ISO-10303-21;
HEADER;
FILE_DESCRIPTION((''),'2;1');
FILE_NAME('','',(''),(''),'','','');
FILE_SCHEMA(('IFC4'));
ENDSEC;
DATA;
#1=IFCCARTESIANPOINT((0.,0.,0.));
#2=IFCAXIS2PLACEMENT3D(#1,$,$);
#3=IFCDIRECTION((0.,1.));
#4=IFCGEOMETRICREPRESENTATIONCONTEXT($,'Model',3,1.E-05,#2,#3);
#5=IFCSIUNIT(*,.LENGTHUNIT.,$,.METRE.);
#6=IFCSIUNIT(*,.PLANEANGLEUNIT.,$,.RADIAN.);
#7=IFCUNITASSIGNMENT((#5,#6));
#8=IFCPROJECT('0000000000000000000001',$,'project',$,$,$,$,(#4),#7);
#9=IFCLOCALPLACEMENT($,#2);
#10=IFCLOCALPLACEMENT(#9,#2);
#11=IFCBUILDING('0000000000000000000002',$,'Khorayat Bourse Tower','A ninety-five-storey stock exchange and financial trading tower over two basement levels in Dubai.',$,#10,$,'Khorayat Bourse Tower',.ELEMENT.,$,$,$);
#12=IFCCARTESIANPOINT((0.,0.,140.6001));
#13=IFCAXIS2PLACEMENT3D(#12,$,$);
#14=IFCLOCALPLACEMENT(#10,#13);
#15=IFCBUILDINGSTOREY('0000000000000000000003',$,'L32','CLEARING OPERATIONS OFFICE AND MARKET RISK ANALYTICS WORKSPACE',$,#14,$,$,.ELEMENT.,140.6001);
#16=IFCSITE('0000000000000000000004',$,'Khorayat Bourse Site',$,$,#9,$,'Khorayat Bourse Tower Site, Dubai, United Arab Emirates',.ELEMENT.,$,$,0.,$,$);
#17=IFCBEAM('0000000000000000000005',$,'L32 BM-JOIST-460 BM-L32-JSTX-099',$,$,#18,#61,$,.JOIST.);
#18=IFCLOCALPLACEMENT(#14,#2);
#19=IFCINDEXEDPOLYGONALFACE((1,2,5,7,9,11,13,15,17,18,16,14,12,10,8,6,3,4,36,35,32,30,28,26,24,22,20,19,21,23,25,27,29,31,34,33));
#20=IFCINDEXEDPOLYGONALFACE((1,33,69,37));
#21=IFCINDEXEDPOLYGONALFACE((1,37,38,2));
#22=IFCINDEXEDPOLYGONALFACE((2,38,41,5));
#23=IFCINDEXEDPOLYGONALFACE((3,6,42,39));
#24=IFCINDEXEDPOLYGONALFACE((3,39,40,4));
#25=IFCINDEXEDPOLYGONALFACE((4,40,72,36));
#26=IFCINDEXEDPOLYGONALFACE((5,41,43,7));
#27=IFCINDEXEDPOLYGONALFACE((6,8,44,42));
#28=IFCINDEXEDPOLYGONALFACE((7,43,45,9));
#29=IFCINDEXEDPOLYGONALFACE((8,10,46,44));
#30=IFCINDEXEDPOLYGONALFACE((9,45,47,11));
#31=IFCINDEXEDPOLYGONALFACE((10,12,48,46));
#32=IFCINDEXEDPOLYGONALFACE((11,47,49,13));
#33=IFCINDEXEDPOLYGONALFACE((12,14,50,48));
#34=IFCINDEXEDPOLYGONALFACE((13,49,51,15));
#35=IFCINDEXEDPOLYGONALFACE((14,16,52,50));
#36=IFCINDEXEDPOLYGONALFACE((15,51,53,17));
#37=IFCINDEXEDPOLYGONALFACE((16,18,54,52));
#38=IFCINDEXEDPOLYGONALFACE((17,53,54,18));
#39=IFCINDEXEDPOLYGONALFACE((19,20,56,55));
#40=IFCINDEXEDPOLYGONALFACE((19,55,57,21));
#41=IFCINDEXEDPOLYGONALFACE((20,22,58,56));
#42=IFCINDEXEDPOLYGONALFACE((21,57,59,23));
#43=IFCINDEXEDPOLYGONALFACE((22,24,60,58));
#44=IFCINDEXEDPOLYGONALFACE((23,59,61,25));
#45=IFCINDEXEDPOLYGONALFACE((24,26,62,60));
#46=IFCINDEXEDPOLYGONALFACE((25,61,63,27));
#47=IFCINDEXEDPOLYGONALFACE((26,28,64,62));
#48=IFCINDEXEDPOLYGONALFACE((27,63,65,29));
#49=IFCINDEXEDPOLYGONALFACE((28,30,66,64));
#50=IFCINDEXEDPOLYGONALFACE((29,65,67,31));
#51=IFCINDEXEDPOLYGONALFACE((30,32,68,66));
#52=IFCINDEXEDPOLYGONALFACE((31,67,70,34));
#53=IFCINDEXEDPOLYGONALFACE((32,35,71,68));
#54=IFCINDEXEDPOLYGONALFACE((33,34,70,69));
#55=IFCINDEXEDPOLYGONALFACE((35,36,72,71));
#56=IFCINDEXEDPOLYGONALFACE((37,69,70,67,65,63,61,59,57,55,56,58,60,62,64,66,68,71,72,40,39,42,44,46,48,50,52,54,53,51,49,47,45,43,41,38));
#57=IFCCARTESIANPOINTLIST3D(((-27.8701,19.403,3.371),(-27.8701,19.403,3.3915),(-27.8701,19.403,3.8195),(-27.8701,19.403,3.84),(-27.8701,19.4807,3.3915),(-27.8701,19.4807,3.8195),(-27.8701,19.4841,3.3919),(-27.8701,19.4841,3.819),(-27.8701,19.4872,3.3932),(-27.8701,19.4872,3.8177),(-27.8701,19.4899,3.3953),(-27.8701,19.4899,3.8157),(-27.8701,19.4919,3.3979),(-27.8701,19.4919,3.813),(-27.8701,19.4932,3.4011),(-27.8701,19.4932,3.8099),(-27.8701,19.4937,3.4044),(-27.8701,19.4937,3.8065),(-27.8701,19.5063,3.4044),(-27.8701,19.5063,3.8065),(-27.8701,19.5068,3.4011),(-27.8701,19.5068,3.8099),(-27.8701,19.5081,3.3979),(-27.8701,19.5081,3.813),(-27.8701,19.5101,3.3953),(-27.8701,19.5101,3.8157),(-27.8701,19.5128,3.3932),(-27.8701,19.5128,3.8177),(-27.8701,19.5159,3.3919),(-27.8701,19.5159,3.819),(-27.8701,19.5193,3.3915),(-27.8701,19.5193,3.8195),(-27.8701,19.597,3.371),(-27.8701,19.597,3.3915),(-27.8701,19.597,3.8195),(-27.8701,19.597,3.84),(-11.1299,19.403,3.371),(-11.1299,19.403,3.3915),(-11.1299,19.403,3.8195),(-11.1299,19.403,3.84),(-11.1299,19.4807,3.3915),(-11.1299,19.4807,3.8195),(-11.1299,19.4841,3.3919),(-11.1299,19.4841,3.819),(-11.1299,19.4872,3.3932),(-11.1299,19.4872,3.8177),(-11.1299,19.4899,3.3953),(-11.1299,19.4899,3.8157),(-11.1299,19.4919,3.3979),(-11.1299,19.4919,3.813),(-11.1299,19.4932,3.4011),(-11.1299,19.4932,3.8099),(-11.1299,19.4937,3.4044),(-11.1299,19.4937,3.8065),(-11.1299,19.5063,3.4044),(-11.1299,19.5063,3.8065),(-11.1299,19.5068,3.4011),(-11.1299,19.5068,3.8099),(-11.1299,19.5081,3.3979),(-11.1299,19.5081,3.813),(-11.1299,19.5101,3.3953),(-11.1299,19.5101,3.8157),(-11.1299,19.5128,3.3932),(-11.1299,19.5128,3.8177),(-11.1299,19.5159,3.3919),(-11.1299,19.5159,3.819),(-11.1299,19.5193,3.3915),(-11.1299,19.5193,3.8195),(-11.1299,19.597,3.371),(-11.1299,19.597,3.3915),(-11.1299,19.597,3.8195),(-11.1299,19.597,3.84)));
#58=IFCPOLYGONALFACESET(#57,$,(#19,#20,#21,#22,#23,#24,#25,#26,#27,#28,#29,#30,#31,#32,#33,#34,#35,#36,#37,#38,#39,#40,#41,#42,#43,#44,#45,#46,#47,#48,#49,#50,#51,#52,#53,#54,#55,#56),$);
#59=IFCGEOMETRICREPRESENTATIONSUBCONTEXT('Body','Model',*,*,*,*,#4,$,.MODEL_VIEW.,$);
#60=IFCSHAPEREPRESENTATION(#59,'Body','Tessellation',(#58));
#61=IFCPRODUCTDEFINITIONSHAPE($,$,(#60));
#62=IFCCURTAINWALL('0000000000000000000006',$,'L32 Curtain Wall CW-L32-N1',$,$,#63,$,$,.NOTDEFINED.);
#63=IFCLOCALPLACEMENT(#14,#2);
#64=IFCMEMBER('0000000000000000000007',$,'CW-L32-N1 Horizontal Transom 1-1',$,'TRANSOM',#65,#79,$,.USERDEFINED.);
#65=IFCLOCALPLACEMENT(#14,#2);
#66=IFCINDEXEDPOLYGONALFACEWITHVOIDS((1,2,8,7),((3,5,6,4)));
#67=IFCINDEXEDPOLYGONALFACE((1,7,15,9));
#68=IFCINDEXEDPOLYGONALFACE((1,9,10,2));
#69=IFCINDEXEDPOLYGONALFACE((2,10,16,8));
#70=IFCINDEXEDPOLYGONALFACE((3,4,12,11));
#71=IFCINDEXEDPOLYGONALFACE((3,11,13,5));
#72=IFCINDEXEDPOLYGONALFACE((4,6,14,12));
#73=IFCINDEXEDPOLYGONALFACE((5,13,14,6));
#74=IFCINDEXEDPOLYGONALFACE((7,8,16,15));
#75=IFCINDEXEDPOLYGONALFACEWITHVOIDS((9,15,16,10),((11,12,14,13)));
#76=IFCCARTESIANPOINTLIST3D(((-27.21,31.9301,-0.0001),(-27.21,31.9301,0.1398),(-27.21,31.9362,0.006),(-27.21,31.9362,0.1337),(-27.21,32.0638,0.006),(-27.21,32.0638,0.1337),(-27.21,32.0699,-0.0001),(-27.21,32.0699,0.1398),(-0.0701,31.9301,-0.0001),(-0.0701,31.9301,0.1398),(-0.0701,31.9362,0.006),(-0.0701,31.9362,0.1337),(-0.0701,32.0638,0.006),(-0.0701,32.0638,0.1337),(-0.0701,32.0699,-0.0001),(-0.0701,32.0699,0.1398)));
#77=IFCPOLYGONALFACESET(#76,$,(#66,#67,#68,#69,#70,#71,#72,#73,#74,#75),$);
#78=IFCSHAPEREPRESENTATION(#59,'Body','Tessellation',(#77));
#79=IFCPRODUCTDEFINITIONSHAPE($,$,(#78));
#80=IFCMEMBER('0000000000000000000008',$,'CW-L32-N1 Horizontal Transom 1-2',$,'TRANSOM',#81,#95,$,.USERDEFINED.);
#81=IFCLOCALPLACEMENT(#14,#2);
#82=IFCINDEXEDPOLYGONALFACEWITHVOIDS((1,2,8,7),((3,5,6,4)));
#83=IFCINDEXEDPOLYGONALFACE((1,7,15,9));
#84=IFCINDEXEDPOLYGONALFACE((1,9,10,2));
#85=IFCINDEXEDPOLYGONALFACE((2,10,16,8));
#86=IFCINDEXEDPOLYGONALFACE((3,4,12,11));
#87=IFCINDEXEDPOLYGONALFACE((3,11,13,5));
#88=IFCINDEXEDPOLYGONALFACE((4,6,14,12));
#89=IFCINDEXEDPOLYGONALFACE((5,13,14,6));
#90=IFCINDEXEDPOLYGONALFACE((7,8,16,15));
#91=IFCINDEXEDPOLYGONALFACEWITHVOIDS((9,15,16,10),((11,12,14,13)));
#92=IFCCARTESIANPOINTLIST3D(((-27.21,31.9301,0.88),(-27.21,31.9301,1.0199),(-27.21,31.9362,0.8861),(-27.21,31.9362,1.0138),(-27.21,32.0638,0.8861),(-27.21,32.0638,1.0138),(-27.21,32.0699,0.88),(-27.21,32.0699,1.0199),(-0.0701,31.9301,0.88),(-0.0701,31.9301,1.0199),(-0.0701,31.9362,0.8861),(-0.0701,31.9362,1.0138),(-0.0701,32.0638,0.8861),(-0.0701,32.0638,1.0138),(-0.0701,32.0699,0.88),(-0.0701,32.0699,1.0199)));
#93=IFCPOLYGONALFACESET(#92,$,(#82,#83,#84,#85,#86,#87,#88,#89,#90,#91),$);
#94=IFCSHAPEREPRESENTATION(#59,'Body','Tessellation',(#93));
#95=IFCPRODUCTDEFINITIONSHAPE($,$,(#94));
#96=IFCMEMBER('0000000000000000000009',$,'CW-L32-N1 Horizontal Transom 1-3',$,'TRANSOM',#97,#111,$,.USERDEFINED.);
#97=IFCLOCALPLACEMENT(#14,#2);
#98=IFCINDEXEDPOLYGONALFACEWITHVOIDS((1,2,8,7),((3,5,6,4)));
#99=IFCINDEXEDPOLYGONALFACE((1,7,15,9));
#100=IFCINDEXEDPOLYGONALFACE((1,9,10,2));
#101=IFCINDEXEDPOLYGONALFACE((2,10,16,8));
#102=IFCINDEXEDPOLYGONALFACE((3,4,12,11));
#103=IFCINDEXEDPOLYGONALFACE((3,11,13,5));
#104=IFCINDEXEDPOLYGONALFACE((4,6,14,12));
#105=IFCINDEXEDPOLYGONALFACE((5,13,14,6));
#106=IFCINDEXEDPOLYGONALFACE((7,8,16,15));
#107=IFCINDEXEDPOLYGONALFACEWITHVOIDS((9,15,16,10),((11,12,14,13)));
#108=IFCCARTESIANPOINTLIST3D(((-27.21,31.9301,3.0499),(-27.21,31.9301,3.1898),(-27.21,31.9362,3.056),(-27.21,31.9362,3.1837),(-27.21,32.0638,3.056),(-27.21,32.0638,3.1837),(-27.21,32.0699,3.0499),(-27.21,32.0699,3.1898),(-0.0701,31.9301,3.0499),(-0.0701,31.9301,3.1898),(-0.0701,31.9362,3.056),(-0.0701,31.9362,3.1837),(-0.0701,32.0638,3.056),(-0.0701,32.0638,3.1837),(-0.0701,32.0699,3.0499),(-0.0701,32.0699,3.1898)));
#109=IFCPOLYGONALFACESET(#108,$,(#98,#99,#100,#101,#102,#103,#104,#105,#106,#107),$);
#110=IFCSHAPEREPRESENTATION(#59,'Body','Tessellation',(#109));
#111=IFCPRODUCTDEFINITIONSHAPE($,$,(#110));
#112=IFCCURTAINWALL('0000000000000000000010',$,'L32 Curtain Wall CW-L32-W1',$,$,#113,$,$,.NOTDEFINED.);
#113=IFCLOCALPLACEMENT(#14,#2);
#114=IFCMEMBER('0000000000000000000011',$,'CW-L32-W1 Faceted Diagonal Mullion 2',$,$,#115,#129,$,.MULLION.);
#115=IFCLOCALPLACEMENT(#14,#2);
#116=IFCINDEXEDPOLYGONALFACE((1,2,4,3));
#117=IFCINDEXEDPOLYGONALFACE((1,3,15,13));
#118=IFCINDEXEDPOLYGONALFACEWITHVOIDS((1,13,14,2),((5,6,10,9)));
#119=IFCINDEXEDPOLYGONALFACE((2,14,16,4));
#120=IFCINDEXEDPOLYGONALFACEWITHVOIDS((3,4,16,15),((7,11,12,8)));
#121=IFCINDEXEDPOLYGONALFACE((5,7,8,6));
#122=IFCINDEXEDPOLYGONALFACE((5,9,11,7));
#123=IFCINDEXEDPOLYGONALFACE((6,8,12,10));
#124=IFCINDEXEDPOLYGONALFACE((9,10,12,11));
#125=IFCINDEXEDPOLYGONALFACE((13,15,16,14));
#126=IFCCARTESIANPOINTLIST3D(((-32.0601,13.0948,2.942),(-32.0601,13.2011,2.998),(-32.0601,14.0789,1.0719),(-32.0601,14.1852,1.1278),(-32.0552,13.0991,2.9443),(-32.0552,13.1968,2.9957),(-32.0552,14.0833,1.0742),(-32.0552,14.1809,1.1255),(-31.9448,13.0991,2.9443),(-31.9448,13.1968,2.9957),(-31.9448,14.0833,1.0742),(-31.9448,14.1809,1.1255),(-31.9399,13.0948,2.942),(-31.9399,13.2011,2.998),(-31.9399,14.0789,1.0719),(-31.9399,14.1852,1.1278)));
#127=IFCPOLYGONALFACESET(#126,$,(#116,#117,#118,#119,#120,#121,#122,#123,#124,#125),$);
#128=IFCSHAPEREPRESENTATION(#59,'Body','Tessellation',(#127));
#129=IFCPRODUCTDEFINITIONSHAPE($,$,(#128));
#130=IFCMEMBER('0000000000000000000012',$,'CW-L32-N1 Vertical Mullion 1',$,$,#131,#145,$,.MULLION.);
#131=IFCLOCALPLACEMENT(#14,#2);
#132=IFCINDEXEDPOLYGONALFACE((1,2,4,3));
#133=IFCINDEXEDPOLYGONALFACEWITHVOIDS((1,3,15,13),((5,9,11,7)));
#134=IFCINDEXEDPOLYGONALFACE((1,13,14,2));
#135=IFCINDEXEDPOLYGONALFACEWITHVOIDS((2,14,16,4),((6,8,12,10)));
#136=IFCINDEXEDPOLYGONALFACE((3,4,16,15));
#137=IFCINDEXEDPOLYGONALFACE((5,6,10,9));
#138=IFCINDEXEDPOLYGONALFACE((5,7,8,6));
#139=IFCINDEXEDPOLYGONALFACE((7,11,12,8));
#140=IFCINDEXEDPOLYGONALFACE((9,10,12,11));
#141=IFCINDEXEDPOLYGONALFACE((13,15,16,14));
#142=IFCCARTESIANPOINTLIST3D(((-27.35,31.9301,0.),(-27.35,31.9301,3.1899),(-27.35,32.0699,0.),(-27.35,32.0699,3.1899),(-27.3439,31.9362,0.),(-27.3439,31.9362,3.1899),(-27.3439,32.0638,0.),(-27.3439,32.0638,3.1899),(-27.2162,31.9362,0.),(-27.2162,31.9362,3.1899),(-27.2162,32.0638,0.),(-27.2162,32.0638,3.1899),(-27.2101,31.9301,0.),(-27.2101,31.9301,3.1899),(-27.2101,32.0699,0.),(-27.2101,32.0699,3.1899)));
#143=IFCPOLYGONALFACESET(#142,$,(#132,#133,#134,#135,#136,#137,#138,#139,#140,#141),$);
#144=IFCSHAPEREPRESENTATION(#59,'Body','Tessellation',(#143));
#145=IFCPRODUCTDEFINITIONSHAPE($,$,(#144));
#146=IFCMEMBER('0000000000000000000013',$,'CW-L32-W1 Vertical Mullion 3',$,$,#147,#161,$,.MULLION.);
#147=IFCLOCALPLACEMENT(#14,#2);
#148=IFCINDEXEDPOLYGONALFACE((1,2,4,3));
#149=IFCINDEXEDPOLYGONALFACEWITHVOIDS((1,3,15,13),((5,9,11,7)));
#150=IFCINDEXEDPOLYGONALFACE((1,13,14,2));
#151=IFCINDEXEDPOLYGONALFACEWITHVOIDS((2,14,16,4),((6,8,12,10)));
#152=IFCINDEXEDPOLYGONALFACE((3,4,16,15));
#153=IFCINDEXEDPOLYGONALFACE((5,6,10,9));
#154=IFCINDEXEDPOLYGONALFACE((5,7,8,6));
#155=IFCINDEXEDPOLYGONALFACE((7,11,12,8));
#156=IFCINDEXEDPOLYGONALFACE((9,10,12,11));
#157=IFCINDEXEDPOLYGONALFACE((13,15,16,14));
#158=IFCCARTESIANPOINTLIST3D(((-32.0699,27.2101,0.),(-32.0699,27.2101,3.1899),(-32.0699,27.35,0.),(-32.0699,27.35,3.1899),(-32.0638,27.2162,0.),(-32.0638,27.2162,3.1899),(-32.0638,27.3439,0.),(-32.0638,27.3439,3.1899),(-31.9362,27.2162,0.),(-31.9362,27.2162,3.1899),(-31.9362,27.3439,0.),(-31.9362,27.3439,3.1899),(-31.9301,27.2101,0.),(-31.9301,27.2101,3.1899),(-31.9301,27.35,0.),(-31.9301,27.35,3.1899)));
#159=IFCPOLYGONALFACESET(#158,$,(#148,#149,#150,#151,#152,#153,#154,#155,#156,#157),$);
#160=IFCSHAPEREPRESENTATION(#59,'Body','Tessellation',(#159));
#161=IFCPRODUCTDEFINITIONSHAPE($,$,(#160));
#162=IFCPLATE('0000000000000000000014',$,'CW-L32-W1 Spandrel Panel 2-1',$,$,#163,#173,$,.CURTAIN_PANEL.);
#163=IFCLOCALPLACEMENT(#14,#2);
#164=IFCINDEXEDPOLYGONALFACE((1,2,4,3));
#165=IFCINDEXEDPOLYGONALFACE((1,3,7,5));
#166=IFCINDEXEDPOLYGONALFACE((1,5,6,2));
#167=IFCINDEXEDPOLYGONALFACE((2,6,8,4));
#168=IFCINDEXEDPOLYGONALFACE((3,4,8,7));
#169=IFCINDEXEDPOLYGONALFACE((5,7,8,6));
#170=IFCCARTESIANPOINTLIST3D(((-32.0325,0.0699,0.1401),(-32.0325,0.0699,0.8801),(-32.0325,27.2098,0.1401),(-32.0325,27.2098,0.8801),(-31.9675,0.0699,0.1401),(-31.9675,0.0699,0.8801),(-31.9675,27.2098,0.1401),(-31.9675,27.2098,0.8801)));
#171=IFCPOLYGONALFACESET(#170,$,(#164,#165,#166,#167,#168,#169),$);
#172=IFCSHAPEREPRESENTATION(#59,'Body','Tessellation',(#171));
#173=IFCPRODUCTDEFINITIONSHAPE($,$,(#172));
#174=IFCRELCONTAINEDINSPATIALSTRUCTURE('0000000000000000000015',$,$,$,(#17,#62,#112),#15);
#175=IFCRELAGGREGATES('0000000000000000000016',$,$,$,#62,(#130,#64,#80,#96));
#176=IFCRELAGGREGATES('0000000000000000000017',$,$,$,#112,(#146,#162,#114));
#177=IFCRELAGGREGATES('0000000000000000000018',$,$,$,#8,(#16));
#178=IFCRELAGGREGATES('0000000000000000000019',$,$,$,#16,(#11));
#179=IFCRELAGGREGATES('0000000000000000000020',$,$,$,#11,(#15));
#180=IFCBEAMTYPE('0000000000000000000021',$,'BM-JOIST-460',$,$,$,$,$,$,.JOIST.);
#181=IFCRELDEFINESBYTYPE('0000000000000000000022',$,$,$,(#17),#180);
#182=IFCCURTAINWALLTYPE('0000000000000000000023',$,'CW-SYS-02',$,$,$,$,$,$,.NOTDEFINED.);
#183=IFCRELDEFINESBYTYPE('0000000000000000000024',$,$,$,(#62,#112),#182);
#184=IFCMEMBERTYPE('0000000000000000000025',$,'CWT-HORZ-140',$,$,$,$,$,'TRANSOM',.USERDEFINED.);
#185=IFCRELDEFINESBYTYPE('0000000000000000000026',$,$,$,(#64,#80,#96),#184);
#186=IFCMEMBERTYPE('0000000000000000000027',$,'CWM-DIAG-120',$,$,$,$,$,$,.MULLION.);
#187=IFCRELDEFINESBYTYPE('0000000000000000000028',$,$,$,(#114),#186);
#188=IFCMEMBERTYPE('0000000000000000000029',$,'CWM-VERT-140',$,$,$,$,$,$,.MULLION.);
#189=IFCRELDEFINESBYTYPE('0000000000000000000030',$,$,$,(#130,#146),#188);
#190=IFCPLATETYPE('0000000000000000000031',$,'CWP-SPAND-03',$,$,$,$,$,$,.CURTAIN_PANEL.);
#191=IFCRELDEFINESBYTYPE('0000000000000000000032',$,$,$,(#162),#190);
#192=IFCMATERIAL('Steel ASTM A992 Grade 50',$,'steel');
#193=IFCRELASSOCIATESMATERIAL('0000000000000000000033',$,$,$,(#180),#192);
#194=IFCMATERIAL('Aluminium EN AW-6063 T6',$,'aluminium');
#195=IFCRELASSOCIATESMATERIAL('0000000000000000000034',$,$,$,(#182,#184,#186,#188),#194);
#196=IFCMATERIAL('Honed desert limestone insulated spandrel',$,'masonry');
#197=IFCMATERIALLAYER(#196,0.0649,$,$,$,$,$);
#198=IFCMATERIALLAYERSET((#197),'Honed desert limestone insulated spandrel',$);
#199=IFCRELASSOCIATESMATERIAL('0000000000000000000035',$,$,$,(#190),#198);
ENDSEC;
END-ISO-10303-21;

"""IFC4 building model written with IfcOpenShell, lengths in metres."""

from ifc_helpers import new_model, si_unit, direction, frame, origin, origin_2d, place, context, subcontext, project, spatial, rectangle, hollow_rectangle, i_section, extrude, source, transform, mapped, material, layer, layer_set, material_profile, profile_set, type_object, element, aggregate, save


model = new_model("IFC4")

# Units and contexts
model_context = context("Model", 3, precision=1e-05, world=origin(), true_north=direction((0.0, 1.0)))
body_context = subcontext(model_context, "Body", "Model", "MODEL_VIEW")
ifc_project = project(units=[si_unit("LENGTHUNIT", "METRE"), si_unit("PLANEANGLEUNIT", "RADIAN")], contexts=[model_context])

# Site, building, storey
site_placement = place(None, origin())
site = spatial("IfcSite", under=ifc_project, at=site_placement, Name="Khorayat Bourse Site", LongName="Khorayat Bourse Tower Site, Dubai, United Arab Emirates", CompositionType="ELEMENT", RefElevation=0.0)
building_placement = place(site_placement, origin())
building = spatial("IfcBuilding", under=site, at=building_placement, Name="Khorayat Bourse Tower", Description="A ninety-five-storey stock exchange and financial trading tower over two basement levels in Dubai.", LongName="Khorayat Bourse Tower", CompositionType="ELEMENT")
storey_placement = place(building_placement, frame((0.0, 0.0, 140.6001)))
storey = spatial("IfcBuildingStorey", under=building, at=storey_placement, Name="L32", Description="CLEARING OPERATIONS OFFICE AND MARKET RISK ANALYTICS WORKSPACE", CompositionType="ELEMENT", Elevation=140.6001)

# Beam
ifc_material_1 = material(Name="Steel ASTM A992 Grade 50", Category="steel")
ifc_material_profile_1 = material_profile(ifc_material_1, i_section(OverallWidth=0.1941, OverallDepth=0.469, WebThickness=0.0127, FlangeThickness=0.0205, FilletRadius=0.0129, at=origin_2d()), Name="W460X106")
ifc_profile_set_1 = profile_set([ifc_material_profile_1], Name="Steel ASTM A992 Grade 50")
beam_type_1 = type_object("IfcBeamType", Name="BM-JOIST-460", PredefinedType="JOIST", material=ifc_profile_set_1)
shared_shape_1 = source(origin(), body_context, "Body", "SweptSolid", [
    extrude(i_section(OverallWidth=0.1941, OverallDepth=0.469, WebThickness=0.0127, FlangeThickness=0.0205, FilletRadius=0.0129, at=origin_2d()), origin(), (0.0, 0.0, 1.0), 16.7402),
])
beam_1_placement = place(storey_placement, frame((-27.8701, 19.5, 3.6055), z_axis=(1.0, 0.0, 0.0), x_axis=(0.0, 1.0, 0.0)))
element("IfcBeam", 1, at=beam_1_placement, inside=storey, type_object=beam_type_1, Name="L32 BM-JOIST-460 BM-L32-JSTX-099", PredefinedType="JOIST", context=body_context, shape_type="MappedRepresentation", body=[
    mapped(shared_shape_1, transform((0.0, 0.0, 0.0), scale=1.0)),
])

# Curtain wall, members
ifc_material_2 = material(Name="Aluminium EN AW-6063 T6", Category="aluminium")
curtain_wall_type = type_object("IfcCurtainWallType", Name="CW-SYS-02", PredefinedType="NOTDEFINED", material=ifc_material_2)
curtain_wall_1_placement = place(storey_placement, origin())
curtain_wall_1 = element("IfcCurtainWall", 2, at=curtain_wall_1_placement, inside=storey, type_object=curtain_wall_type, Name="L32 Curtain Wall CW-L32-N1", PredefinedType="NOTDEFINED")
ifc_material_profile_2 = material_profile(ifc_material_2, hollow_rectangle(XDim=0.1399, YDim=0.1399, WallThickness=0.0061, at=origin_2d()), Name="ALU 140x140x6")
ifc_profile_set_2 = profile_set([ifc_material_profile_2], Name="Aluminium EN AW-6063 T6")
member_type_1 = type_object("IfcMemberType", Name="CWT-HORZ-140", ElementType="TRANSOM", PredefinedType="USERDEFINED", material=ifc_profile_set_2)
shared_shape_2 = source(origin(), body_context, "Body", "SweptSolid", [
    extrude(hollow_rectangle(XDim=0.1399, YDim=0.1399, WallThickness=0.0061, at=origin_2d()), origin(), (0.0, 0.0, 1.0), 27.1399),
])
member_1_placement = place(storey_placement, frame((-27.21, 32.0, 0.0698), z_axis=(1.0, 0.0, 0.0), x_axis=(0.0, 1.0, 0.0)))
member_1 = element("IfcMember", 3, at=member_1_placement, type_object=member_type_1, Name="CW-L32-N1 Horizontal Transom 1-1", ObjectType="TRANSOM", PredefinedType="USERDEFINED", context=body_context, shape_type="MappedRepresentation", body=[
    mapped(shared_shape_2, transform((0.0, 0.0, 0.0), scale=1.0)),
])
member_2_placement = place(storey_placement, frame((-27.21, 32.0, 0.95), z_axis=(1.0, 0.0, 0.0), x_axis=(0.0, 1.0, 0.0)))
member_2 = element("IfcMember", 4, at=member_2_placement, type_object=member_type_1, Name="CW-L32-N1 Horizontal Transom 1-2", ObjectType="TRANSOM", PredefinedType="USERDEFINED", context=body_context, shape_type="MappedRepresentation", body=[
    mapped(shared_shape_2, transform((0.0, 0.0, 0.0), scale=1.0)),
])
member_3_placement = place(storey_placement, frame((-27.21, 32.0, 3.1199), z_axis=(1.0, 0.0, 0.0), x_axis=(0.0, 1.0, 0.0)))
member_3 = element("IfcMember", 5, at=member_3_placement, type_object=member_type_1, Name="CW-L32-N1 Horizontal Transom 1-3", ObjectType="TRANSOM", PredefinedType="USERDEFINED", context=body_context, shape_type="MappedRepresentation", body=[
    mapped(shared_shape_2, transform((0.0, 0.0, 0.0), scale=1.0)),
])

# Curtain wall, member
curtain_wall_2_placement = place(storey_placement, origin())
curtain_wall_2 = element("IfcCurtainWall", 6, at=curtain_wall_2_placement, inside=storey, type_object=curtain_wall_type, Name="L32 Curtain Wall CW-L32-W1", PredefinedType="NOTDEFINED")
ifc_material_profile_3 = material_profile(ifc_material_2, hollow_rectangle(XDim=0.1201, YDim=0.1201, WallThickness=0.0049, at=origin_2d()), Name="ALU 120x120x5")
ifc_profile_set_3 = profile_set([ifc_material_profile_3], Name="Aluminium EN AW-6063 T6")
member_type_2 = type_object("IfcMemberType", Name="CWM-DIAG-120", PredefinedType="MULLION", material=ifc_profile_set_3)
shared_shape_3 = source(origin(), body_context, "Body", "SweptSolid", [
    extrude(hollow_rectangle(XDim=0.1201, YDim=0.1201, WallThickness=0.0049, at=origin_2d()), origin(), (0.0, 0.0, 1.0), 2.1133),
])
member_4_placement = place(storey_placement, frame((-32.0, 14.1321, 1.0999), z_axis=(0.0, -0.465694, 0.884946), x_axis=(1.0, 0.0, 0.0)))
member_4 = element("IfcMember", 7, at=member_4_placement, type_object=member_type_2, Name="CW-L32-W1 Faceted Diagonal Mullion 2", PredefinedType="MULLION", context=body_context, shape_type="MappedRepresentation", body=[
    mapped(shared_shape_3, transform((0.0, 0.0, 0.0), scale=1.0)),
])

# Members
ifc_material_profile_4 = material_profile(ifc_material_2, hollow_rectangle(XDim=0.1399, YDim=0.1399, WallThickness=0.0061, at=origin_2d()), Name="ALU 140x140x6")
ifc_profile_set_4 = profile_set([ifc_material_profile_4], Name="Aluminium EN AW-6063 T6")
member_type_3 = type_object("IfcMemberType", Name="CWM-VERT-140", PredefinedType="MULLION", material=ifc_profile_set_4)
shared_shape_4 = source(origin(), body_context, "Body", "SweptSolid", [
    extrude(hollow_rectangle(XDim=0.1399, YDim=0.1399, WallThickness=0.0061, at=origin_2d()), origin(), (0.0, 0.0, 1.0), 3.1899),
])
member_5_placement = place(storey_placement, frame((-27.28, 32.0, 0.0), z_axis=(0.0, 0.0, 1.0), x_axis=(0.0, 1.0, 0.0)))
member_5 = element("IfcMember", 8, at=member_5_placement, type_object=member_type_3, Name="CW-L32-N1 Vertical Mullion 1", PredefinedType="MULLION", context=body_context, shape_type="MappedRepresentation", body=[
    mapped(shared_shape_4, transform((0.0, 0.0, 0.0), scale=1.0)),
])
aggregate(curtain_wall_1, [member_5, member_1, member_2, member_3])
member_6_placement = place(storey_placement, frame((-32.0, 27.28, 0.0), z_axis=(0.0, 0.0, 1.0), x_axis=(-1.0, 0.0, 0.0)))
member_6 = element("IfcMember", 9, at=member_6_placement, type_object=member_type_3, Name="CW-L32-W1 Vertical Mullion 3", PredefinedType="MULLION", context=body_context, shape_type="MappedRepresentation", body=[
    mapped(shared_shape_4, transform((0.0, 0.0, 0.0), scale=1.0)),
])

# Plate
ifc_material_3 = material(Name="Honed desert limestone insulated spandrel", Category="masonry")
ifc_layer_1 = layer(ifc_material_3, 0.0649)
ifc_layer_set_1 = layer_set([ifc_layer_1], Name="Honed desert limestone insulated spandrel")
plate_type_1 = type_object("IfcPlateType", Name="CWP-SPAND-03", PredefinedType="CURTAIN_PANEL", material=ifc_layer_set_1)
shared_shape_5 = source(origin(), body_context, "Body", "SweptSolid", [
    extrude(rectangle(XDim=27.1399, YDim=0.0649, at=origin_2d()), origin(), (0.0, 0.0, 1.0), 0.74),
])
plate_1_placement = place(storey_placement, frame((-32.0, 13.6399, 0.1401), z_axis=(0.0, 0.0, 1.0), x_axis=(0.0, 1.0, 0.0)))
plate_1 = element("IfcPlate", 10, at=plate_1_placement, type_object=plate_type_1, Name="CW-L32-W1 Spandrel Panel 2-1", PredefinedType="CURTAIN_PANEL", context=body_context, shape_type="MappedRepresentation", body=[
    mapped(shared_shape_5, transform((0.0, 0.0, 0.0), scale=1.0)),
])
aggregate(curtain_wall_2, [member_6, plate_1, member_4])

save(model, "model.ifc")
